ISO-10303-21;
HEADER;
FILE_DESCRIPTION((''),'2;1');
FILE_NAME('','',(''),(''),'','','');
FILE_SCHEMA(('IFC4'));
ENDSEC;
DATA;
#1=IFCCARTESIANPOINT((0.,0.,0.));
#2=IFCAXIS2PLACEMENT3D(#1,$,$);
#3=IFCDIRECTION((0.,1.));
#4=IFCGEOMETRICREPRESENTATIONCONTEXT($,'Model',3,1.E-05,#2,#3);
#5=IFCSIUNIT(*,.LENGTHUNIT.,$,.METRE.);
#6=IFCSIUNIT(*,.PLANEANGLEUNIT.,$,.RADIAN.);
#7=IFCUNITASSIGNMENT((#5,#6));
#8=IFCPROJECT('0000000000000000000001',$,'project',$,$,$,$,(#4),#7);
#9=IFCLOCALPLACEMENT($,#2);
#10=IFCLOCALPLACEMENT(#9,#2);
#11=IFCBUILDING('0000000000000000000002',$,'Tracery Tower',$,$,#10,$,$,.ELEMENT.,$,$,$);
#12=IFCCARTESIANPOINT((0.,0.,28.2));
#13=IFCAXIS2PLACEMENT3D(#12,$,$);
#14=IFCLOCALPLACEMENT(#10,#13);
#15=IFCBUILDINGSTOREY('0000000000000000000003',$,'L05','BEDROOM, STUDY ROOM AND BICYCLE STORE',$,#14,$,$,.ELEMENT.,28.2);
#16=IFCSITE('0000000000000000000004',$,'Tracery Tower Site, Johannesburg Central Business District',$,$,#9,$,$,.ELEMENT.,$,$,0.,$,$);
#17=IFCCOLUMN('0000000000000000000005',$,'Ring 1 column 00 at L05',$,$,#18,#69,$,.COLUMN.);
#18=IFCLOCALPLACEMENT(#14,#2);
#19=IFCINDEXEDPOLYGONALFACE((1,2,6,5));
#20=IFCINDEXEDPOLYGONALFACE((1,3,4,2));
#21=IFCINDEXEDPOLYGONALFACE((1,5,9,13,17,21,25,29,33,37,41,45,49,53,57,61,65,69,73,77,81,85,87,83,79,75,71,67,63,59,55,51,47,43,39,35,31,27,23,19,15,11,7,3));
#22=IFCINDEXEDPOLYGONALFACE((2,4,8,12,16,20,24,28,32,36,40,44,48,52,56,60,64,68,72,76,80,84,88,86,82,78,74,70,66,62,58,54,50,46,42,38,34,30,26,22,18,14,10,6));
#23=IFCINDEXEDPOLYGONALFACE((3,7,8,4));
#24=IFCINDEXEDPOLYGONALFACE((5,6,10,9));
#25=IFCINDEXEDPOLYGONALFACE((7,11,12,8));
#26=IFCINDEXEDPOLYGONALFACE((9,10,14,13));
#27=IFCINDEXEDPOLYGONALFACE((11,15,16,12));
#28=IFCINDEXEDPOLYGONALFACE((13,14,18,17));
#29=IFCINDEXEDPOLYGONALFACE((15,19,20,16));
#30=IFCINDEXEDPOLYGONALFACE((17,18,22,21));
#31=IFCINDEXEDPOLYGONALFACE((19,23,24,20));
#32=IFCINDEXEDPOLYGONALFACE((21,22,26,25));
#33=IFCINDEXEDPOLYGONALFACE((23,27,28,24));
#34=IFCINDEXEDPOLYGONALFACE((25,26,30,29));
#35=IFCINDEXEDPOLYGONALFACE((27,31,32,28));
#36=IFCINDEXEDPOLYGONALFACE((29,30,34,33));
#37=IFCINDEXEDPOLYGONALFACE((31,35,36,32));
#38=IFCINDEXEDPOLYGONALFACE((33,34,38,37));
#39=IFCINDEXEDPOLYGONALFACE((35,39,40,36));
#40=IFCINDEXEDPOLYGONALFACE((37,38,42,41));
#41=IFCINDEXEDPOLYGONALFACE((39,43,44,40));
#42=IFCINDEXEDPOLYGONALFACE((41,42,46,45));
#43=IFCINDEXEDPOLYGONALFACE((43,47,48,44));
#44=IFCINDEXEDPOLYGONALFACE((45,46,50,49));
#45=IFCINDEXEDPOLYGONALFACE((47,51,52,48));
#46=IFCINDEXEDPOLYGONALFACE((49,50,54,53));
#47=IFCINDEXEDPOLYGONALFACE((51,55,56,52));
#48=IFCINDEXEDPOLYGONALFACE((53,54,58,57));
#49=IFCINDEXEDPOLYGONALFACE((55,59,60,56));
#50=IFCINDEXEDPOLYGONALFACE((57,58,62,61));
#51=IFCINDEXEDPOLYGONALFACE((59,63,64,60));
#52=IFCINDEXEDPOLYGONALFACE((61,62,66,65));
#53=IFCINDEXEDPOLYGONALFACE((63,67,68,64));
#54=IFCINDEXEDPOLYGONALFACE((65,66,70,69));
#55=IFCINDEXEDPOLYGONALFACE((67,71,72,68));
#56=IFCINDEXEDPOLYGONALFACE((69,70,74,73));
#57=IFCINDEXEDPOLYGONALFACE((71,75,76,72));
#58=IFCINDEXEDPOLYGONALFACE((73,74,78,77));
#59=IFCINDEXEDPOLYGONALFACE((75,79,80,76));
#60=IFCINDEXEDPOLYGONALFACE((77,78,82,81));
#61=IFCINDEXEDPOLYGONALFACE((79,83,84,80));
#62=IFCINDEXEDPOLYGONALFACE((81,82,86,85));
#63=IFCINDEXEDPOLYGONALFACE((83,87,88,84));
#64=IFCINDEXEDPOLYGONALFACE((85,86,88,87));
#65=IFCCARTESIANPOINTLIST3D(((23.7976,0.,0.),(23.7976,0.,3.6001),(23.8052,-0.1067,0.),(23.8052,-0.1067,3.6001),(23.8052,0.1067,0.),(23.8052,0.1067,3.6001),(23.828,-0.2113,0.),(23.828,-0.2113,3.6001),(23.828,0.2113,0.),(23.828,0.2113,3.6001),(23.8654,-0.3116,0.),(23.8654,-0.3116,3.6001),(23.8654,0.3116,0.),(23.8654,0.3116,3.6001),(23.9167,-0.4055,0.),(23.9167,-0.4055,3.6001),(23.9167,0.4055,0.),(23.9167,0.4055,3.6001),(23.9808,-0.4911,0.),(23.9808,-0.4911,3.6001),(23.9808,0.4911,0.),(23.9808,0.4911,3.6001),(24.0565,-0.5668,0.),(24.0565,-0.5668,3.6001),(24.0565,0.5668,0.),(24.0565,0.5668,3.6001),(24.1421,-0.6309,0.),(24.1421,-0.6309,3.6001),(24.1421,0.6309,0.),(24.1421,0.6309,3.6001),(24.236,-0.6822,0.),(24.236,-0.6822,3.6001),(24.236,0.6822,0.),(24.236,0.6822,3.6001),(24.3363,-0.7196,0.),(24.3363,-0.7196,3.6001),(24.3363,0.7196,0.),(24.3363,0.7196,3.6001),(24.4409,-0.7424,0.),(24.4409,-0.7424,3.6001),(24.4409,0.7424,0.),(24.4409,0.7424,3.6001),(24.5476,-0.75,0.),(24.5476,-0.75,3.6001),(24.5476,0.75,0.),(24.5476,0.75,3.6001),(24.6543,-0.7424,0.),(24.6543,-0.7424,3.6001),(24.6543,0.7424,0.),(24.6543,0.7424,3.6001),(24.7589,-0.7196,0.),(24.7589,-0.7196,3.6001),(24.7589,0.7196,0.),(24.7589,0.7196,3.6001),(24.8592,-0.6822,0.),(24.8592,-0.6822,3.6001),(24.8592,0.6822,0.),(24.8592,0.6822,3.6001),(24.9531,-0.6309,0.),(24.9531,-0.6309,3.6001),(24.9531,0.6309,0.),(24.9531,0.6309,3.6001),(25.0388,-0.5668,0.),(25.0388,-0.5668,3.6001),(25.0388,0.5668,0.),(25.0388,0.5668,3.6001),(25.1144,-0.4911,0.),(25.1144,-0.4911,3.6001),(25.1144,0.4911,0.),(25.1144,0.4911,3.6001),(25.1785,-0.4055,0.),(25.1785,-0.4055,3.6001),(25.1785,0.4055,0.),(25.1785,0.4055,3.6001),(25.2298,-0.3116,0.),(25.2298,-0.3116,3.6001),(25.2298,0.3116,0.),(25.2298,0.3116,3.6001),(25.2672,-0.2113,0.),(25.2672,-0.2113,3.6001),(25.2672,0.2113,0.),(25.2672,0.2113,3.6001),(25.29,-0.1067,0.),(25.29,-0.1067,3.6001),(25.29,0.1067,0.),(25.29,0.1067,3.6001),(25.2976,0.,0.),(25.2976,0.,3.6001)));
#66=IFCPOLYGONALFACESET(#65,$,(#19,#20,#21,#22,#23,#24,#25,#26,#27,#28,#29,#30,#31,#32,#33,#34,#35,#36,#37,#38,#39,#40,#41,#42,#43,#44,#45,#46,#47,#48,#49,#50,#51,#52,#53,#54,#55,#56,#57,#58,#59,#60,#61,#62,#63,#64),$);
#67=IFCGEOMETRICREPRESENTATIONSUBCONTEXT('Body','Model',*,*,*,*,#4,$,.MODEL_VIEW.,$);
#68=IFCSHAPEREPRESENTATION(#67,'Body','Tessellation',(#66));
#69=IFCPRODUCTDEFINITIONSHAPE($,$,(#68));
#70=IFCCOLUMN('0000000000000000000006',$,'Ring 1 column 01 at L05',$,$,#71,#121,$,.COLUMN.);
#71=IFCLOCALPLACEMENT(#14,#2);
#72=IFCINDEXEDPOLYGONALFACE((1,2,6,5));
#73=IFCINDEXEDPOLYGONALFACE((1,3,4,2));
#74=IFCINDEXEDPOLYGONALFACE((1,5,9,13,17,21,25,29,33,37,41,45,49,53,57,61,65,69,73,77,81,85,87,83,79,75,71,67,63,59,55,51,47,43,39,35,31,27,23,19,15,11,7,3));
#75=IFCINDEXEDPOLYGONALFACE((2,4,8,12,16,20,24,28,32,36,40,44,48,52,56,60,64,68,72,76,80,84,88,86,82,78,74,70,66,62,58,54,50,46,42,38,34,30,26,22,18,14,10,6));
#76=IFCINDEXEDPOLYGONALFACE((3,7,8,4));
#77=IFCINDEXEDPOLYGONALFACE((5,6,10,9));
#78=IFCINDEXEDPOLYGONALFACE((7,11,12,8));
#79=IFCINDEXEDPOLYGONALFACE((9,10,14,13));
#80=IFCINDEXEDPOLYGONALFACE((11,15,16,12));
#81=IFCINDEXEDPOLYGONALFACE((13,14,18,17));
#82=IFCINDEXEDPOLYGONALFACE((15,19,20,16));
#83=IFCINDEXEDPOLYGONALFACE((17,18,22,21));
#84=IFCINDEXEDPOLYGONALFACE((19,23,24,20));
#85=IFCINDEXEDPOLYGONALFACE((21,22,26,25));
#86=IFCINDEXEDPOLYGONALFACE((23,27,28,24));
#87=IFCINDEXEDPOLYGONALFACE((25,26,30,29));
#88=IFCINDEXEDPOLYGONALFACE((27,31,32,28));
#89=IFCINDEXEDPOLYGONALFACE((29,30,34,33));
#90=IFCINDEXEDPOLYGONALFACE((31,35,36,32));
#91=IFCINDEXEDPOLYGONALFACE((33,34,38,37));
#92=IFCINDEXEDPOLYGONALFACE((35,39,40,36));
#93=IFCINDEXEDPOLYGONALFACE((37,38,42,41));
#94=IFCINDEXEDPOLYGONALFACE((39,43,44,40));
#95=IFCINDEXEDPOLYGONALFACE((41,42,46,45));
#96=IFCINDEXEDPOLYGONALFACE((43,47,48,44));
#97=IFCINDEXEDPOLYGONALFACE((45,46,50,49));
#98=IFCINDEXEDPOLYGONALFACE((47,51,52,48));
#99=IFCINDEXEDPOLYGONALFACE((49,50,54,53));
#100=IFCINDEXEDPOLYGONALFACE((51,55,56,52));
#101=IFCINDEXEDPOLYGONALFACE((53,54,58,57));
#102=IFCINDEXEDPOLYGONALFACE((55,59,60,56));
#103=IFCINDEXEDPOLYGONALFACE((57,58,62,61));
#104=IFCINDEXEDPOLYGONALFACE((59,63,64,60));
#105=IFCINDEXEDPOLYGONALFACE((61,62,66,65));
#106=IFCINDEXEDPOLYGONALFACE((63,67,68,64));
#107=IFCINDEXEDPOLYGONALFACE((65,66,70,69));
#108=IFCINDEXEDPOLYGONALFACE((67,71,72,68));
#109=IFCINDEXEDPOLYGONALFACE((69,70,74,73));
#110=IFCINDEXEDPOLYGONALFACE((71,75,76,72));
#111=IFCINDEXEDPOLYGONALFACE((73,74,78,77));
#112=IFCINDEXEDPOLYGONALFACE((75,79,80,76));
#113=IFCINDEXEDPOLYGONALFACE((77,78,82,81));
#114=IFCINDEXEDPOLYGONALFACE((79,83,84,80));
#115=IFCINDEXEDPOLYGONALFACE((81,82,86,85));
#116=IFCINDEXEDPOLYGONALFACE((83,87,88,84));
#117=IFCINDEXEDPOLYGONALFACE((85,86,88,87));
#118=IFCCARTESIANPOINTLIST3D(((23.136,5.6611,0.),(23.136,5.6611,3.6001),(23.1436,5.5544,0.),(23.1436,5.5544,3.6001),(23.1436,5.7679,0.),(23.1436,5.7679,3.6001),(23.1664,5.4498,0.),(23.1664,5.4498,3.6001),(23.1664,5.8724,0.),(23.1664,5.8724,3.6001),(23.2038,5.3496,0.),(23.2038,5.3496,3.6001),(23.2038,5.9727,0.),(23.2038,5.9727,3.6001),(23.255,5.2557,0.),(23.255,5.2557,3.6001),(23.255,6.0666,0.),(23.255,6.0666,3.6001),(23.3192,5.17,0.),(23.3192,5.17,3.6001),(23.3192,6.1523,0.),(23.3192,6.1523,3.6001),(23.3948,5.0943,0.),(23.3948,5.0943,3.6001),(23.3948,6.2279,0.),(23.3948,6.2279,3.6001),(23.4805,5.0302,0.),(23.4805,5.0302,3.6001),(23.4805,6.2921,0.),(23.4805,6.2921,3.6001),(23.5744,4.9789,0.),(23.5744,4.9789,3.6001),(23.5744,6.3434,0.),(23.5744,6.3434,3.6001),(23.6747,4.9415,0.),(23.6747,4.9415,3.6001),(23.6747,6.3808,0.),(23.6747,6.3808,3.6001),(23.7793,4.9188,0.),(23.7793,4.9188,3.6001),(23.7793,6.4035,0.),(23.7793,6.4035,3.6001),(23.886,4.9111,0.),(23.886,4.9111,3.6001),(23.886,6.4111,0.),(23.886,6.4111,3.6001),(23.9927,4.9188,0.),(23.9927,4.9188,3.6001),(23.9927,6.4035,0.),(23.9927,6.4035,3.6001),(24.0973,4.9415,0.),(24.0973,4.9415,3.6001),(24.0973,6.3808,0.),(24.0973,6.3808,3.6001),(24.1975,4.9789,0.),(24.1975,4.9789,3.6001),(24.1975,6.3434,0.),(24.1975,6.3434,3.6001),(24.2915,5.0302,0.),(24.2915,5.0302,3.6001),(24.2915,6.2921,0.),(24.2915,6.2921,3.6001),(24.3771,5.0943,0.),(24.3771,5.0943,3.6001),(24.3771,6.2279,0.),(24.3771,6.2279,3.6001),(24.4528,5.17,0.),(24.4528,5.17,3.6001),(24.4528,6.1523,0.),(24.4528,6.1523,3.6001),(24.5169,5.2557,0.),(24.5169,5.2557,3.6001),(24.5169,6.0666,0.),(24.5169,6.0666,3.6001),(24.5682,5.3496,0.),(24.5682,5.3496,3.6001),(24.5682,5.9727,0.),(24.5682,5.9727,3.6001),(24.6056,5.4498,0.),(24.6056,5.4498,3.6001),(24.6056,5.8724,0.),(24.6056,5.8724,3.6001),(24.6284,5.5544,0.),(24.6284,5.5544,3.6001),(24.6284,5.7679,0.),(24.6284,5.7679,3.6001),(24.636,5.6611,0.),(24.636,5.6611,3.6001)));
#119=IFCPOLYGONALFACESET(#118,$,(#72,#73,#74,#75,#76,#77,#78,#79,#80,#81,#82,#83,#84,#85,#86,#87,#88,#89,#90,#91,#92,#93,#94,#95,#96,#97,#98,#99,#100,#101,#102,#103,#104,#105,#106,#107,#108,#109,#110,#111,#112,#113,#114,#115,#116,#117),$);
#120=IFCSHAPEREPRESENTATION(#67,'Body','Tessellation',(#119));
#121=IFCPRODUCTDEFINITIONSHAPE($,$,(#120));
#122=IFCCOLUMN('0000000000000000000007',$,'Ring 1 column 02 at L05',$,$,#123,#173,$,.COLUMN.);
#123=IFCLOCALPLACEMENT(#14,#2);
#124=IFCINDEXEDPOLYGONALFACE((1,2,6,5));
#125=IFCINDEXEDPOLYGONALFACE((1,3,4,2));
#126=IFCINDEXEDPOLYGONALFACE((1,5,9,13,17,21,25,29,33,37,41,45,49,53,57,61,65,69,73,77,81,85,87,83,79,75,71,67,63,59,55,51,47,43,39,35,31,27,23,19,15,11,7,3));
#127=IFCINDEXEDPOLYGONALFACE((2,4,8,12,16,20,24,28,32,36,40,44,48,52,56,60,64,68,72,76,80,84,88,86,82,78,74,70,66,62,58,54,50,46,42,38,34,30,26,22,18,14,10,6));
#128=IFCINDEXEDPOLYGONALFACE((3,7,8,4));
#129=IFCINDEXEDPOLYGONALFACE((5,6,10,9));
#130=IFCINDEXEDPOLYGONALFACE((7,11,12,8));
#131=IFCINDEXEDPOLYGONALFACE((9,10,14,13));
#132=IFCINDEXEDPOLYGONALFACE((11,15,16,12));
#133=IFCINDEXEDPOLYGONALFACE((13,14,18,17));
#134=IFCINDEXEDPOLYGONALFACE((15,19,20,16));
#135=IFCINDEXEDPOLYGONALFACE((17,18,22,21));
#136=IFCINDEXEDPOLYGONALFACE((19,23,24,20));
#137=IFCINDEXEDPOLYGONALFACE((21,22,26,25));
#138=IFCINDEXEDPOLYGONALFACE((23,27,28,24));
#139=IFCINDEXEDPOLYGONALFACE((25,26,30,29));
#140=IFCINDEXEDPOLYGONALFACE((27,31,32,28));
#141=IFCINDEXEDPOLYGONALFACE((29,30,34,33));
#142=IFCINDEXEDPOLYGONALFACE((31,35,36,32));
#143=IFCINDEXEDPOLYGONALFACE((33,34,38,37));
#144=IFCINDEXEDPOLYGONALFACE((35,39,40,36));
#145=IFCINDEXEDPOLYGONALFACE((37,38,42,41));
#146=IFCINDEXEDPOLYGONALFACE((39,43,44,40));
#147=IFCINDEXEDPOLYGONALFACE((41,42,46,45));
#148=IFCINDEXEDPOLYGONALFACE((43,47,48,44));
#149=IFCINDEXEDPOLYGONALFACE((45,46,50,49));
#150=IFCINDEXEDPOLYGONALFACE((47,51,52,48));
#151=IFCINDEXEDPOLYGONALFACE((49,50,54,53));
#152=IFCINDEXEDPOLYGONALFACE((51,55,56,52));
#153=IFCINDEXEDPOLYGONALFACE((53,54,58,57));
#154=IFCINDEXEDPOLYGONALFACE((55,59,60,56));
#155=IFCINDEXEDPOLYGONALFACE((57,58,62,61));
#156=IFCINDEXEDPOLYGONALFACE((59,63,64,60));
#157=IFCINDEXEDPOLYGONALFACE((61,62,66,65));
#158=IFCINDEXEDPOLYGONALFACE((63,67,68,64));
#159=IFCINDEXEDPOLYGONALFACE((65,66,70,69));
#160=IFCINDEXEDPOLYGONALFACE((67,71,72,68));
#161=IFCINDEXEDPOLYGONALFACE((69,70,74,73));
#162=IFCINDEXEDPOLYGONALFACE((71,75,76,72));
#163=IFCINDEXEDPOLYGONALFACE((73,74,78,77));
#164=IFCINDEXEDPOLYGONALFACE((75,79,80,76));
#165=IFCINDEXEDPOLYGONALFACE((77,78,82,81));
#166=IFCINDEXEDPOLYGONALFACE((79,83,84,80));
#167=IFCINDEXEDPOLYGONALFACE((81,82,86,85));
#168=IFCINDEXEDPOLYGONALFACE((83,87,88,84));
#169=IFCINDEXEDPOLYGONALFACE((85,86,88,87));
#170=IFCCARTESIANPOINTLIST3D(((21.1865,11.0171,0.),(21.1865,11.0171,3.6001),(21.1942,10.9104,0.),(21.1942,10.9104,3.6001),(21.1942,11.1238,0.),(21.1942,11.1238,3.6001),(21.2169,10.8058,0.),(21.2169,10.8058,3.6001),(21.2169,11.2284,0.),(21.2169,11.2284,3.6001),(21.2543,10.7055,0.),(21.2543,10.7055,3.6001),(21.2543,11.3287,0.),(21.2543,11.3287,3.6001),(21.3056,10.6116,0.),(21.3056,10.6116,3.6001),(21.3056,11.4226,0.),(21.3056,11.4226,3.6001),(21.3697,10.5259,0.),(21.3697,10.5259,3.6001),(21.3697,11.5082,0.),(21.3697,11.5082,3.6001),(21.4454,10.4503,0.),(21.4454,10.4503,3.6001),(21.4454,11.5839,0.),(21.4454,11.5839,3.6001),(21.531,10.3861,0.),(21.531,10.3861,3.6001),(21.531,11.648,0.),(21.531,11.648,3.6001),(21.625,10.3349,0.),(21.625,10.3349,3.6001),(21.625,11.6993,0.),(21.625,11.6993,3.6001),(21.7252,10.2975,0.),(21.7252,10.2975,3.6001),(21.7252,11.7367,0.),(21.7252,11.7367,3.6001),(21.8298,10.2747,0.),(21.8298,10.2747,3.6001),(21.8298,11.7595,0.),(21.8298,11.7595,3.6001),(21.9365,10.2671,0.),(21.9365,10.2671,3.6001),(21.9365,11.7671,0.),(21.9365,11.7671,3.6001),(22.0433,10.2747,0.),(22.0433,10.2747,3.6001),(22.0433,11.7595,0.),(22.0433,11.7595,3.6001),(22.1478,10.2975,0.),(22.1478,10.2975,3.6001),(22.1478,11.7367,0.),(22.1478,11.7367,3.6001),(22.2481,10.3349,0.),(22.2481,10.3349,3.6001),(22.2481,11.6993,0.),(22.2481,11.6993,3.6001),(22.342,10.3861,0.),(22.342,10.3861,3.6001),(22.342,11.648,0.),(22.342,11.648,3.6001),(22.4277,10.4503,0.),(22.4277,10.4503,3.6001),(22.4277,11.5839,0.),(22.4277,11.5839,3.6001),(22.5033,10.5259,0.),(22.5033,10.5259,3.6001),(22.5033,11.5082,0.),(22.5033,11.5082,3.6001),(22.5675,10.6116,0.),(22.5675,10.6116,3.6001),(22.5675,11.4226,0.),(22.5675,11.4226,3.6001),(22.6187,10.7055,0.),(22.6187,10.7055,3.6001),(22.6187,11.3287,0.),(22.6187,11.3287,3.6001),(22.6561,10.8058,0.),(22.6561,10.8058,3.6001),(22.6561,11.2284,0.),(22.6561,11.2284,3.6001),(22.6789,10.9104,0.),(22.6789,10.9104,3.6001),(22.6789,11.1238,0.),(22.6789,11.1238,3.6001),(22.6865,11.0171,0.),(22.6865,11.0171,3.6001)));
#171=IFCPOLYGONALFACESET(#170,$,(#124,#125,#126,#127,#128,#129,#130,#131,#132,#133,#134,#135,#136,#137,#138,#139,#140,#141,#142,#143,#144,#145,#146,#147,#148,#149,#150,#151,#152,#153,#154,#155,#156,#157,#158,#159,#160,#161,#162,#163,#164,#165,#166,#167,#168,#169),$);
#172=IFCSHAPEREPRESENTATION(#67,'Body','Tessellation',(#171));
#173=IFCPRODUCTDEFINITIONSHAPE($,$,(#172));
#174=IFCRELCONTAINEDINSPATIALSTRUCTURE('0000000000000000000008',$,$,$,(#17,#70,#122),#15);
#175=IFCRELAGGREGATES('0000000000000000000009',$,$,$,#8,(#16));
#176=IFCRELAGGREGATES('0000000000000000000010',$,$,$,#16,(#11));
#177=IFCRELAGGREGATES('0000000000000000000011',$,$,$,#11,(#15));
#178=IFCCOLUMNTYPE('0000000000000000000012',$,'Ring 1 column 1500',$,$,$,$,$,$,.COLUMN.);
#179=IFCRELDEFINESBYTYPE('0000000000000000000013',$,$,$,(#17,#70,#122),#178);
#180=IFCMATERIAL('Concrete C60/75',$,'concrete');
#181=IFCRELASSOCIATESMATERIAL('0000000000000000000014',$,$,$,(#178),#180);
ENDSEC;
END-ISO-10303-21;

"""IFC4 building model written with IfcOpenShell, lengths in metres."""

from ifc_helpers import new_model, si_unit, direction, frame, origin, origin_2d, place, context, subcontext, project, spatial, circle, extrude, material, material_profile, profile_set, type_object, element, save


model = new_model("IFC4")

# Units and contexts
model_context = context("Model", 3, precision=1e-05, world=origin(), true_north=direction((0.0, 1.0)))
body_context = subcontext(model_context, "Body", "Model", "MODEL_VIEW")
ifc_project = project(units=[si_unit("LENGTHUNIT", "METRE"), si_unit("PLANEANGLEUNIT", "RADIAN")], contexts=[model_context])

# Site, building, storey
site_placement = place(None, origin())
site = spatial("IfcSite", under=ifc_project, at=site_placement, Name="Tracery Tower Site, Johannesburg Central Business District", CompositionType="ELEMENT", RefElevation=0.0)
building_placement = place(site_placement, origin())
building = spatial("IfcBuilding", under=site, at=building_placement, Name="Tracery Tower", CompositionType="ELEMENT")
storey_placement = place(building_placement, frame((0.0, 0.0, 28.2)))
storey = spatial("IfcBuildingStorey", under=building, at=storey_placement, Name="L05", Description="BEDROOM, STUDY ROOM AND BICYCLE STORE", CompositionType="ELEMENT", Elevation=28.2)

# Columns
ifc_material_1 = material(Name="Concrete C60/75", Category="concrete")
ifc_material_profile_1 = material_profile(ifc_material_1, circle(Radius=0.75, at=origin_2d()), Name="RC D1500")
ifc_profile_set_1 = profile_set([ifc_material_profile_1], Name="Concrete C60/75")
column_type_1 = type_object("IfcColumnType", Name="Ring 1 column 1500", PredefinedType="COLUMN", material=ifc_profile_set_1)
for number, where, z_axis, x_axis, name in (
    (1, (24.5476, 0.0, 0.0), (0.0, 0.0, 1.0), (1.0, 0.0, 0.0), "Ring 1 column 00 at L05"),
    (2, (23.886, 5.6611, 0.0), (0.0, 0.0, 1.0), (1.0, 0.0, 0.0), "Ring 1 column 01 at L05"),
    (3, (21.9365, 11.0171, 0.0), (0.0, 0.0, 1.0), (1.0, 0.0, 0.0), "Ring 1 column 02 at L05"),
):
    element("IfcColumn", number, at=place(storey_placement, frame(where, z_axis=z_axis, x_axis=x_axis)), inside=storey, type_object=column_type_1, Name=name, PredefinedType="COLUMN", context=body_context, shape_type="SweptSolid", body=[
        extrude(circle(Radius=0.75, at=origin_2d()), origin(), (0.0, 0.0, 1.0), 3.6001),
    ])

save(model, "model.ifc")
